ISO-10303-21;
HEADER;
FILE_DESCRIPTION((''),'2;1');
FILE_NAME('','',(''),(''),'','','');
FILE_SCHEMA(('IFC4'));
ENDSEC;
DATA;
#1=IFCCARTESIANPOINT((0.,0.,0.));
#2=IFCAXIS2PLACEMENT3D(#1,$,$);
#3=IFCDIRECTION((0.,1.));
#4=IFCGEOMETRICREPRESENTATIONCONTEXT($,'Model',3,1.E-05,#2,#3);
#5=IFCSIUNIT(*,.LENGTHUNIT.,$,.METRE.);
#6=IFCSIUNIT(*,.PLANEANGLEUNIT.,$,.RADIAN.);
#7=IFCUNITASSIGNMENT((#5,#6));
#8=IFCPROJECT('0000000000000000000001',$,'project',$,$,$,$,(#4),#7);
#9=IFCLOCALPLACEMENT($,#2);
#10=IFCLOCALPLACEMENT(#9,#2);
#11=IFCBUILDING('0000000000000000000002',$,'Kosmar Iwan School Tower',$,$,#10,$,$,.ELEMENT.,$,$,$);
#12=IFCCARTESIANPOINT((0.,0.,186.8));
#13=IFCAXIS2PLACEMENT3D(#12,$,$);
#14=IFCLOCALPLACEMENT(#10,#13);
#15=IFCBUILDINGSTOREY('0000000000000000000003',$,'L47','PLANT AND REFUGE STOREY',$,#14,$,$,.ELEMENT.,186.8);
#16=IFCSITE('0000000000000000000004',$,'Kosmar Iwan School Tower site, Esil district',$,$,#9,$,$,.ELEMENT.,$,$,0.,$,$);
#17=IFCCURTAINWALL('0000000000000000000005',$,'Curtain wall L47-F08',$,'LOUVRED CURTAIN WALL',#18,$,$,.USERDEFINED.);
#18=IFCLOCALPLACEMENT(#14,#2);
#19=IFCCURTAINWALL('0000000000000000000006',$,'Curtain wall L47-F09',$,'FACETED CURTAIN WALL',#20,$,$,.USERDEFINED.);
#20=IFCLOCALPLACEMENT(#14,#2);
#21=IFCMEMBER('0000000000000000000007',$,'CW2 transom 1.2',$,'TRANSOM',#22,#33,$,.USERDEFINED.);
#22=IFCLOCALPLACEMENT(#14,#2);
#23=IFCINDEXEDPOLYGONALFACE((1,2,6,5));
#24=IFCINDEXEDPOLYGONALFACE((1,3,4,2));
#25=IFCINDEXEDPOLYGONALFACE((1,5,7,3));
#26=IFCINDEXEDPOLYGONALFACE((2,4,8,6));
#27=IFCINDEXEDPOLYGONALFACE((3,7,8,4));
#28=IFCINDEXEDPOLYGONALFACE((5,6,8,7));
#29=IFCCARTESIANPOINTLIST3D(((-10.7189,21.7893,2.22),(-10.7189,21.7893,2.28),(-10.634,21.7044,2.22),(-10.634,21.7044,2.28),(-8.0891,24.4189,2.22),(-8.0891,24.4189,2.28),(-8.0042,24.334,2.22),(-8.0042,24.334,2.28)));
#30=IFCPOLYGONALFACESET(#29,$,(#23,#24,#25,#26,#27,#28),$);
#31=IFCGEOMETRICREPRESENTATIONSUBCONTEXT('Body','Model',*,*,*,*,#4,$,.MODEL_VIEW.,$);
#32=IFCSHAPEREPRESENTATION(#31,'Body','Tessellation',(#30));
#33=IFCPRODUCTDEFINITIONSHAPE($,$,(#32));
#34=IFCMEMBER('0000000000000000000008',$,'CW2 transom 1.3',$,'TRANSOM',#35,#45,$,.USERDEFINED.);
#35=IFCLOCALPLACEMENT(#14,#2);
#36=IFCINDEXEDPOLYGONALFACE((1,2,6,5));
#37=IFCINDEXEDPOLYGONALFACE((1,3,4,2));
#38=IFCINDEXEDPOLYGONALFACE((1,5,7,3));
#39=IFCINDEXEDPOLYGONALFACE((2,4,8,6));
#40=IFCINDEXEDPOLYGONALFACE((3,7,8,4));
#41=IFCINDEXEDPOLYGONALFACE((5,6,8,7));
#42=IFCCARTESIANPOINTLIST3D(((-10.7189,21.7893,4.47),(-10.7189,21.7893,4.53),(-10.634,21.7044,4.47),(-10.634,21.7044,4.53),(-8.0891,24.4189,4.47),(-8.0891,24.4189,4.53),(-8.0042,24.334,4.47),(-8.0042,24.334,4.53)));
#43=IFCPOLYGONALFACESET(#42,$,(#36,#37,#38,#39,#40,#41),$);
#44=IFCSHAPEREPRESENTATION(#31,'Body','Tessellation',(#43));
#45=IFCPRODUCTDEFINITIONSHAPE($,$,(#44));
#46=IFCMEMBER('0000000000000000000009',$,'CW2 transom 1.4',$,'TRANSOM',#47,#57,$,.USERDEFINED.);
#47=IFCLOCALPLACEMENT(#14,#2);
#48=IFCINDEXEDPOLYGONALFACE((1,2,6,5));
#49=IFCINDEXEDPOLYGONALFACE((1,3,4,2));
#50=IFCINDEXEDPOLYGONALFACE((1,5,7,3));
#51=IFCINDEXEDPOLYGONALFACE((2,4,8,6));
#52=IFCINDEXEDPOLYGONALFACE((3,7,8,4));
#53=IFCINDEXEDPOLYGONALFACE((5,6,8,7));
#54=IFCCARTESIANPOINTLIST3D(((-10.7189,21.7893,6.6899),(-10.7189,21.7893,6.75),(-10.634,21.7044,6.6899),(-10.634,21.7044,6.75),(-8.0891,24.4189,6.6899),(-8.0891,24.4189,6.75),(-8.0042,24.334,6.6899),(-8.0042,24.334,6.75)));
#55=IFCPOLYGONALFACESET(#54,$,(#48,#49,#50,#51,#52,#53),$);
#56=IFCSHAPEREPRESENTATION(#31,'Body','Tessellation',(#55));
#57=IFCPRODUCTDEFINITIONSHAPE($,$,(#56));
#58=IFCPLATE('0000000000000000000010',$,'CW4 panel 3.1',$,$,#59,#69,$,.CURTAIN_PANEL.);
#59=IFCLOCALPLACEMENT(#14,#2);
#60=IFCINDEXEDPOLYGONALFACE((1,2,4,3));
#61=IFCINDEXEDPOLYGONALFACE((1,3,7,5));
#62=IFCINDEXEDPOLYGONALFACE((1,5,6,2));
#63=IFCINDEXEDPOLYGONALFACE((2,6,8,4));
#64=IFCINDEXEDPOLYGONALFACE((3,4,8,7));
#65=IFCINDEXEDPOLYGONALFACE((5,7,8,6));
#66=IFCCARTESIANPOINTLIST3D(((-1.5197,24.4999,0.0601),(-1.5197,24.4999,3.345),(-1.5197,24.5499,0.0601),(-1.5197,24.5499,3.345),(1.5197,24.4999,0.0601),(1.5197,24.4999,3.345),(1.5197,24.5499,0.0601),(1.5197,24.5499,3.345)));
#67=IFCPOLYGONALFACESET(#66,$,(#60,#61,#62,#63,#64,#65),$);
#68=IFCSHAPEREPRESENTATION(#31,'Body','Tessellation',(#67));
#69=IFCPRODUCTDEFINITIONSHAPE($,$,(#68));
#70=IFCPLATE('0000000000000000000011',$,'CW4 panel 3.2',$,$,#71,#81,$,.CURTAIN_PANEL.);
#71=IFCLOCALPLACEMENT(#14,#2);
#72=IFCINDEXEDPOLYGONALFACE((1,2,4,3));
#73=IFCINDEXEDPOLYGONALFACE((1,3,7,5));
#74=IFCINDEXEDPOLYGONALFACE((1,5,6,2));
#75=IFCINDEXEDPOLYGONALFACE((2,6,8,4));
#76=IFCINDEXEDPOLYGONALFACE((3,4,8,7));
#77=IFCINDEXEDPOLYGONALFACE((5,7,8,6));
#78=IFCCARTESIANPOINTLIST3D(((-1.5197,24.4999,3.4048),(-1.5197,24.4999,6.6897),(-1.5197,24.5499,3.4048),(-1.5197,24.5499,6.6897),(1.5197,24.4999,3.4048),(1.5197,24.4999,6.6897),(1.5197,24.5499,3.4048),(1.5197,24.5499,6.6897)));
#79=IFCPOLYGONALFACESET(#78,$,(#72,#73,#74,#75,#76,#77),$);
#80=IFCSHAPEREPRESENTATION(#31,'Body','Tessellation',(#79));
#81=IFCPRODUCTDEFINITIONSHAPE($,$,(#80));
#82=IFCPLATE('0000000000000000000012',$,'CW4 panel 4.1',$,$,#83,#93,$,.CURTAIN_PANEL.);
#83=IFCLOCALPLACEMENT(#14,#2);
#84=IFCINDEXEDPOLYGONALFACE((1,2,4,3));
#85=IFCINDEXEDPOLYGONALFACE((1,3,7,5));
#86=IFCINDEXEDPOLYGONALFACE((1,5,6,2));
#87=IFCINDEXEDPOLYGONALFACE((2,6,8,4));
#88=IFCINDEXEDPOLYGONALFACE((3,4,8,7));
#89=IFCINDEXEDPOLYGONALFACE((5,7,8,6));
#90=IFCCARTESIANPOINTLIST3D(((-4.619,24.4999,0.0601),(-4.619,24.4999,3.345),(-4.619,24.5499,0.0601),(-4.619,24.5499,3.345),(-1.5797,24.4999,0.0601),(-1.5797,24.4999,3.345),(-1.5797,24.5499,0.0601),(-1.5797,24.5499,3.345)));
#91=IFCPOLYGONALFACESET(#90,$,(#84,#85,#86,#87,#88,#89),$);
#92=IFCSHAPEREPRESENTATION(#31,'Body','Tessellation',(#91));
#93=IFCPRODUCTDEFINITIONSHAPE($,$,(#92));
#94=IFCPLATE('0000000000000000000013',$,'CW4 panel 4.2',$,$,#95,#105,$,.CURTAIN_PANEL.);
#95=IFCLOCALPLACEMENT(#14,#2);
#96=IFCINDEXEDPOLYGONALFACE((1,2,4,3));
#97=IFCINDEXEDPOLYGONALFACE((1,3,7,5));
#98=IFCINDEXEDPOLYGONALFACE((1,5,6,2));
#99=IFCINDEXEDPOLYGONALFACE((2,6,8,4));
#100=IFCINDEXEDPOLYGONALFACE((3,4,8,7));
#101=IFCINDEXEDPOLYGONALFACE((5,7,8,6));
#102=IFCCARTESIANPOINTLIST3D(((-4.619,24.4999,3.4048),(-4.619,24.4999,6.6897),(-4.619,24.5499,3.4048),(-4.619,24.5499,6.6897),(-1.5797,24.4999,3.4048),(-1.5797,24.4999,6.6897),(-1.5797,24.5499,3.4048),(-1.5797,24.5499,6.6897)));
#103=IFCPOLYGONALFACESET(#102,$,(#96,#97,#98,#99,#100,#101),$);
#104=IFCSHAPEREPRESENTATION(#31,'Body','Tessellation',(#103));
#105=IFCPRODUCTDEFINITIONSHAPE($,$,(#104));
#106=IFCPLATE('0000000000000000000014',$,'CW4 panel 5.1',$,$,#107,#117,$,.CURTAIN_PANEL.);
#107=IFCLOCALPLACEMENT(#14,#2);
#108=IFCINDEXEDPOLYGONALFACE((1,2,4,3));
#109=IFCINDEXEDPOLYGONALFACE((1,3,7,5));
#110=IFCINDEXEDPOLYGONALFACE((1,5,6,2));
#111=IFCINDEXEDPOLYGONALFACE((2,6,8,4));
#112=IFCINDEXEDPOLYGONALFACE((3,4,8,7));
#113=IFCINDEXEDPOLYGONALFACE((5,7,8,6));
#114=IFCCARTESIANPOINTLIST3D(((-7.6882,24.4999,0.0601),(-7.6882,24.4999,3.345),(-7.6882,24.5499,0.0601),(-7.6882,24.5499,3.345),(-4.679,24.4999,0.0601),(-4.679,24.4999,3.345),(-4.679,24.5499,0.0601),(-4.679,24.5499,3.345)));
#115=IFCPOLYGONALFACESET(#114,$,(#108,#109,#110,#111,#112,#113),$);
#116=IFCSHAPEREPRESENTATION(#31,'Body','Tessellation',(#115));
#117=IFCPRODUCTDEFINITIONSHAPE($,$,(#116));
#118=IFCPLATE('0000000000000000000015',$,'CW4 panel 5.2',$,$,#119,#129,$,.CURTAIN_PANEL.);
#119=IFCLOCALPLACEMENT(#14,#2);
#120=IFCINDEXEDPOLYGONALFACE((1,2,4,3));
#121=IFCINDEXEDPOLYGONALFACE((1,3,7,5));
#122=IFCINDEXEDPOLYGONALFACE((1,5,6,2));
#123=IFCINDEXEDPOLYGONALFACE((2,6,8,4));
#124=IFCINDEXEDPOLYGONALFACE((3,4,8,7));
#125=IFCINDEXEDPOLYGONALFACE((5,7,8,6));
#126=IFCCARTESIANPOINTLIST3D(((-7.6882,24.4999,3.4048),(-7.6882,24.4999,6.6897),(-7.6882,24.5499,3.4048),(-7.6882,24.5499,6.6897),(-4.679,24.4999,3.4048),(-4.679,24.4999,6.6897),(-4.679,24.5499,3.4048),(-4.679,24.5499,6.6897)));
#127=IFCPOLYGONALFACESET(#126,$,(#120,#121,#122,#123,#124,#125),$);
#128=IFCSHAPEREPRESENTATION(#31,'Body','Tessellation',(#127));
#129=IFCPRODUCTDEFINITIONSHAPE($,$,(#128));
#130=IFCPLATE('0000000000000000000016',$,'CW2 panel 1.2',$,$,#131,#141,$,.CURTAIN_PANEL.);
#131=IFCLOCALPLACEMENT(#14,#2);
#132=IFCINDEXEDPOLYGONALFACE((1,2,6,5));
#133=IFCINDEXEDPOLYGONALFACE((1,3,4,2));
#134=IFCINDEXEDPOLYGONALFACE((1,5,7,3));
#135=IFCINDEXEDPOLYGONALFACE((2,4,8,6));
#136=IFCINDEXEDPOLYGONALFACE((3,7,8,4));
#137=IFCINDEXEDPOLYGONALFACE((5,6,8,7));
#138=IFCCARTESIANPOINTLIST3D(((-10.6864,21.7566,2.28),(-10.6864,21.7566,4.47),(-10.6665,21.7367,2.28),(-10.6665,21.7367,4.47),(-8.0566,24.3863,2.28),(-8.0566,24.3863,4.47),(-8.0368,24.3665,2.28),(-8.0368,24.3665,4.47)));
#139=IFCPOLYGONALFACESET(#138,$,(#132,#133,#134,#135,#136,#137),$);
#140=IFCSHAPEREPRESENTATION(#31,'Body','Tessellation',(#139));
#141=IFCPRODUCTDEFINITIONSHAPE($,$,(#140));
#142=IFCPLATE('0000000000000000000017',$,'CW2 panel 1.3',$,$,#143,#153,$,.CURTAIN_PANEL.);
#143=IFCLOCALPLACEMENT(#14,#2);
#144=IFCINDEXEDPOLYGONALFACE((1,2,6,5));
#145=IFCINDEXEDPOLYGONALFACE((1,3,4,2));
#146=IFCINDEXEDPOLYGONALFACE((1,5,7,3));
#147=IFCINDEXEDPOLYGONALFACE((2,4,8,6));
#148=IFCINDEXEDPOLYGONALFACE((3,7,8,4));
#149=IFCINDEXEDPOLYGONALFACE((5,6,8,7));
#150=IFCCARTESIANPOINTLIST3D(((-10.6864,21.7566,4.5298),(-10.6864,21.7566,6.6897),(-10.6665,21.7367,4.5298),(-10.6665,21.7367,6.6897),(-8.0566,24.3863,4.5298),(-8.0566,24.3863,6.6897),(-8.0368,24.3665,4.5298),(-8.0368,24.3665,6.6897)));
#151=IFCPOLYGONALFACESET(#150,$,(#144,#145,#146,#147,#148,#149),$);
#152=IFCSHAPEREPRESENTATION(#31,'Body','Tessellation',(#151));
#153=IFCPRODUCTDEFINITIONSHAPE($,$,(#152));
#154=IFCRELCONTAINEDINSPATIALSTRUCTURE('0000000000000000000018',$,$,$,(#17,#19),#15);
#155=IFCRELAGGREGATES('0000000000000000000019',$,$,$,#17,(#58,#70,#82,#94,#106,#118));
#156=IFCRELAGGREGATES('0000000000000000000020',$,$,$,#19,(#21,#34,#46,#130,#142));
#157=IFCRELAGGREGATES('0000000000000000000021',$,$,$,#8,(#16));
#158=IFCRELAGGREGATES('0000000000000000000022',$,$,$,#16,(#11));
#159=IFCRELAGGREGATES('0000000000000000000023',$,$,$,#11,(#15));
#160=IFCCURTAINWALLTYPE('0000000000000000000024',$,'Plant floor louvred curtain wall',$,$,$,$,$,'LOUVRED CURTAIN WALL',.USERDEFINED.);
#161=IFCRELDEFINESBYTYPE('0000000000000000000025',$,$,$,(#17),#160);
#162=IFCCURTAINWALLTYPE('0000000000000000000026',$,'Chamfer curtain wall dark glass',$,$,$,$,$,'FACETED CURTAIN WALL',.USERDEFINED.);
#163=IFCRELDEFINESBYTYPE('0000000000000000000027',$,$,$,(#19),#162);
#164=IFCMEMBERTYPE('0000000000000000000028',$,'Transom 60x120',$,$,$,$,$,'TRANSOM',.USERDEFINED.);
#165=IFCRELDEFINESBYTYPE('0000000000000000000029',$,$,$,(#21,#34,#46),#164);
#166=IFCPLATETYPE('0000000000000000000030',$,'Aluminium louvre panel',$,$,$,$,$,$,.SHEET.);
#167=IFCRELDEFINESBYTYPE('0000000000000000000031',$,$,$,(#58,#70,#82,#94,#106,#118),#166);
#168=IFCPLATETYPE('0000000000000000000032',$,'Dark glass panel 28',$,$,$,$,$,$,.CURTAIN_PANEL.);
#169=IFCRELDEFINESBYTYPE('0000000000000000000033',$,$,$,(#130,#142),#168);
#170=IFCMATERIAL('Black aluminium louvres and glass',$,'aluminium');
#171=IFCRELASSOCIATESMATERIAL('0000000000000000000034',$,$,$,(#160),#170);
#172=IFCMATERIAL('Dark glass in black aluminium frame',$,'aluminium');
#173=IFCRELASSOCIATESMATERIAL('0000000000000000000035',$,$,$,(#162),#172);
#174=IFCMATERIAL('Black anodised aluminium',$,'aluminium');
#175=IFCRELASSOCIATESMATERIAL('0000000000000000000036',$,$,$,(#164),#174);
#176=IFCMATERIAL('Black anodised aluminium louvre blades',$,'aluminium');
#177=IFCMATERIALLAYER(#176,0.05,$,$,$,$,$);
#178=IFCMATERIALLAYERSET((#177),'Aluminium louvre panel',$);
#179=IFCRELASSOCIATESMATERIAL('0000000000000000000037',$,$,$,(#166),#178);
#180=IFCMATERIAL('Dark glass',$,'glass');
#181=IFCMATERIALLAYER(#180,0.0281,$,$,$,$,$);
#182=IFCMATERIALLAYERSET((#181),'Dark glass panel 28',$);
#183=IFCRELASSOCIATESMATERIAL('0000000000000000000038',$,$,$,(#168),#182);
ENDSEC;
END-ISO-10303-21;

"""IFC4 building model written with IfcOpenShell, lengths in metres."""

from ifc_helpers import new_model, si_unit, direction, frame, origin, origin_2d, place, context, subcontext, project, spatial, rectangle, extrude, material, layer, layer_set, material_profile, profile_set, type_object, element, aggregate, save


model = new_model("IFC4")

# Units and contexts
model_context = context("Model", 3, precision=1e-05, world=origin(), true_north=direction((0.0, 1.0)))
body_context = subcontext(model_context, "Body", "Model", "MODEL_VIEW")
ifc_project = project(units=[si_unit("LENGTHUNIT", "METRE"), si_unit("PLANEANGLEUNIT", "RADIAN")], contexts=[model_context])

# Site, building, storey
site_placement = place(None, origin())
site = spatial("IfcSite", under=ifc_project, at=site_placement, Name="Kosmar Iwan School Tower site, Esil district", CompositionType="ELEMENT", RefElevation=0.0)
building_placement = place(site_placement, origin())
building = spatial("IfcBuilding", under=site, at=building_placement, Name="Kosmar Iwan School Tower", CompositionType="ELEMENT")
storey_placement = place(building_placement, frame((0.0, 0.0, 186.8)))
storey = spatial("IfcBuildingStorey", under=building, at=storey_placement, Name="L47", Description="PLANT AND REFUGE STOREY", CompositionType="ELEMENT", Elevation=186.8)

# Curtain wall
ifc_material_1 = material(Name="Black aluminium louvres and glass", Category="aluminium")
curtain_wall_type_1 = type_object("IfcCurtainWallType", Name="Plant floor louvred curtain wall", ElementType="LOUVRED CURTAIN WALL", PredefinedType="USERDEFINED", material=ifc_material_1)
curtain_wall_1_placement = place(storey_placement, origin())
curtain_wall_1 = element("IfcCurtainWall", 1, at=curtain_wall_1_placement, inside=storey, type_object=curtain_wall_type_1, Name="Curtain wall L47-F08", ObjectType="LOUVRED CURTAIN WALL", PredefinedType="USERDEFINED")

# Curtain wall
ifc_material_2 = material(Name="Dark glass in black aluminium frame", Category="aluminium")
curtain_wall_type_2 = type_object("IfcCurtainWallType", Name="Chamfer curtain wall dark glass", ElementType="FACETED CURTAIN WALL", PredefinedType="USERDEFINED", material=ifc_material_2)
curtain_wall_2_placement = place(storey_placement, origin())
curtain_wall_2 = element("IfcCurtainWall", 2, at=curtain_wall_2_placement, inside=storey, type_object=curtain_wall_type_2, Name="Curtain wall L47-F09", ObjectType="FACETED CURTAIN WALL", PredefinedType="USERDEFINED")

# Members
ifc_material_3 = material(Name="Black anodised aluminium", Category="aluminium")
ifc_material_profile_1 = material_profile(ifc_material_3, rectangle(XDim=0.1201, YDim=0.0601, at=origin_2d()), Name="TRANSOM 60x120")
ifc_profile_set_1 = profile_set([ifc_material_profile_1], Name="Black anodised aluminium")
member_type_1 = type_object("IfcMemberType", Name="Transom 60x120", ElementType="TRANSOM", PredefinedType="USERDEFINED", material=ifc_profile_set_1)
member_1_placement = place(storey_placement, frame((-8.0466, 24.3765, 2.25), z_axis=(-0.70714, -0.707074, 0.0), x_axis=(0.707074, -0.70714, 0.0)))
member_1 = element("IfcMember", 3, at=member_1_placement, type_object=member_type_1, Name="CW2 transom 1.2", ObjectType="TRANSOM", PredefinedType="USERDEFINED", context=body_context, shape_type="SweptSolid", body=[
    extrude(rectangle(XDim=0.1201, YDim=0.0601, at=origin_2d()), origin(), (0.0, 0.0, 1.0), 3.719),
])
member_2_placement = place(storey_placement, frame((-8.0466, 24.3765, 4.5), z_axis=(-0.70714, -0.707074, 0.0), x_axis=(0.707074, -0.70714, 0.0)))
member_2 = element("IfcMember", 4, at=member_2_placement, type_object=member_type_1, Name="CW2 transom 1.3", ObjectType="TRANSOM", PredefinedType="USERDEFINED", context=body_context, shape_type="SweptSolid", body=[
    extrude(rectangle(XDim=0.1201, YDim=0.0601, at=origin_2d()), origin(), (0.0, 0.0, 1.0), 3.719),
])
member_3_placement = place(storey_placement, frame((-8.0466, 24.3765, 6.72), z_axis=(-0.70714, -0.707074, 0.0), x_axis=(0.707074, -0.70714, 0.0)))
member_3 = element("IfcMember", 5, at=member_3_placement, type_object=member_type_1, Name="CW2 transom 1.4", ObjectType="TRANSOM", PredefinedType="USERDEFINED", context=body_context, shape_type="SweptSolid", body=[
    extrude(rectangle(XDim=0.1201, YDim=0.0601, at=origin_2d()), origin(), (0.0, 0.0, 1.0), 3.719),
])

# Plates
ifc_material_4 = material(Name="Black anodised aluminium louvre blades", Category="aluminium")
ifc_layer_1 = layer(ifc_material_4, 0.05)
ifc_layer_set_1 = layer_set([ifc_layer_1], Name="Aluminium louvre panel")
plate_type_1 = type_object("IfcPlateType", Name="Aluminium louvre panel", PredefinedType="SHEET", material=ifc_layer_set_1)
plate_1_placement = place(storey_placement, frame((0.0, 24.5249, 0.0601), z_axis=(0.0, 0.0, 1.0), x_axis=(-1.0, 0.0, 0.0)))
plate_1 = element("IfcPlate", 6, at=plate_1_placement, type_object=plate_type_1, Name="CW4 panel 3.1", PredefinedType="CURTAIN_PANEL", context=body_context, shape_type="SweptSolid", body=[
    extrude(rectangle(XDim=3.0393, YDim=0.05, at=origin_2d()), origin(), (0.0, 0.0, 1.0), 3.2849),
])
plate_2_placement = place(storey_placement, frame((0.0, 24.5249, 3.4048), z_axis=(0.0, 0.0, 1.0), x_axis=(-1.0, 0.0, 0.0)))
plate_2 = element("IfcPlate", 7, at=plate_2_placement, type_object=plate_type_1, Name="CW4 panel 3.2", PredefinedType="CURTAIN_PANEL", context=body_context, shape_type="SweptSolid", body=[
    extrude(rectangle(XDim=3.0393, YDim=0.05, at=origin_2d()), origin(), (0.0, 0.0, 1.0), 3.2849),
])
plate_3_placement = place(storey_placement, frame((-3.0994, 24.5249, 0.0601), z_axis=(0.0, 0.0, 1.0), x_axis=(-1.0, 0.0, 0.0)))
plate_3 = element("IfcPlate", 8, at=plate_3_placement, type_object=plate_type_1, Name="CW4 panel 4.1", PredefinedType="CURTAIN_PANEL", context=body_context, shape_type="SweptSolid", body=[
    extrude(rectangle(XDim=3.0393, YDim=0.05, at=origin_2d()), origin(), (0.0, 0.0, 1.0), 3.2849),
])
plate_4_placement = place(storey_placement, frame((-3.0994, 24.5249, 3.4048), z_axis=(0.0, 0.0, 1.0), x_axis=(-1.0, 0.0, 0.0)))
plate_4 = element("IfcPlate", 9, at=plate_4_placement, type_object=plate_type_1, Name="CW4 panel 4.2", PredefinedType="CURTAIN_PANEL", context=body_context, shape_type="SweptSolid", body=[
    extrude(rectangle(XDim=3.0393, YDim=0.05, at=origin_2d()), origin(), (0.0, 0.0, 1.0), 3.2849),
])
plate_5_placement = place(storey_placement, frame((-6.1836, 24.5249, 0.0601), z_axis=(0.0, 0.0, 1.0), x_axis=(-1.0, 0.0, 0.0)))
plate_5 = element("IfcPlate", 10, at=plate_5_placement, type_object=plate_type_1, Name="CW4 panel 5.1", PredefinedType="CURTAIN_PANEL", context=body_context, shape_type="SweptSolid", body=[
    extrude(rectangle(XDim=3.0093, YDim=0.05, at=origin_2d()), origin(), (0.0, 0.0, 1.0), 3.2849),
])
plate_6_placement = place(storey_placement, frame((-6.1836, 24.5249, 3.4048), z_axis=(0.0, 0.0, 1.0), x_axis=(-1.0, 0.0, 0.0)))
plate_6 = element("IfcPlate", 11, at=plate_6_placement, type_object=plate_type_1, Name="CW4 panel 5.2", PredefinedType="CURTAIN_PANEL", context=body_context, shape_type="SweptSolid", body=[
    extrude(rectangle(XDim=3.0093, YDim=0.05, at=origin_2d()), origin(), (0.0, 0.0, 1.0), 3.2849),
])
aggregate(curtain_wall_1, [plate_1, plate_2, plate_3, plate_4, plate_5, plate_6])
ifc_material_5 = material(Name="Dark glass", Category="glass")
ifc_layer_2 = layer(ifc_material_5, 0.0281)
ifc_layer_set_2 = layer_set([ifc_layer_2], Name="Dark glass panel 28")
plate_type_2 = type_object("IfcPlateType", Name="Dark glass panel 28", PredefinedType="CURTAIN_PANEL", material=ifc_layer_set_2)
plate_7_placement = place(storey_placement, frame((-9.3616, 23.0615, 2.28), z_axis=(0.0, 0.0, 1.0), x_axis=(-0.707107, -0.707107, 0.0)))
plate_7 = element("IfcPlate", 12, at=plate_7_placement, type_object=plate_type_2, Name="CW2 panel 1.2", PredefinedType="CURTAIN_PANEL", context=body_context, shape_type="SweptSolid", body=[
    extrude(rectangle(XDim=3.719, YDim=0.0281, at=origin_2d()), origin(), (0.0, 0.0, 1.0), 2.1899),
])
plate_8_placement = place(storey_placement, frame((-9.3616, 23.0615, 4.5298), z_axis=(0.0, 0.0, 1.0), x_axis=(-0.707107, -0.707107, 0.0)))
plate_8 = element("IfcPlate", 13, at=plate_8_placement, type_object=plate_type_2, Name="CW2 panel 1.3", PredefinedType="CURTAIN_PANEL", context=body_context, shape_type="SweptSolid", body=[
    extrude(rectangle(XDim=3.719, YDim=0.0281, at=origin_2d()), origin(), (0.0, 0.0, 1.0), 2.1599),
])
aggregate(curtain_wall_2, [member_1, member_2, member_3, plate_7, plate_8])

save(model, "model.ifc")
